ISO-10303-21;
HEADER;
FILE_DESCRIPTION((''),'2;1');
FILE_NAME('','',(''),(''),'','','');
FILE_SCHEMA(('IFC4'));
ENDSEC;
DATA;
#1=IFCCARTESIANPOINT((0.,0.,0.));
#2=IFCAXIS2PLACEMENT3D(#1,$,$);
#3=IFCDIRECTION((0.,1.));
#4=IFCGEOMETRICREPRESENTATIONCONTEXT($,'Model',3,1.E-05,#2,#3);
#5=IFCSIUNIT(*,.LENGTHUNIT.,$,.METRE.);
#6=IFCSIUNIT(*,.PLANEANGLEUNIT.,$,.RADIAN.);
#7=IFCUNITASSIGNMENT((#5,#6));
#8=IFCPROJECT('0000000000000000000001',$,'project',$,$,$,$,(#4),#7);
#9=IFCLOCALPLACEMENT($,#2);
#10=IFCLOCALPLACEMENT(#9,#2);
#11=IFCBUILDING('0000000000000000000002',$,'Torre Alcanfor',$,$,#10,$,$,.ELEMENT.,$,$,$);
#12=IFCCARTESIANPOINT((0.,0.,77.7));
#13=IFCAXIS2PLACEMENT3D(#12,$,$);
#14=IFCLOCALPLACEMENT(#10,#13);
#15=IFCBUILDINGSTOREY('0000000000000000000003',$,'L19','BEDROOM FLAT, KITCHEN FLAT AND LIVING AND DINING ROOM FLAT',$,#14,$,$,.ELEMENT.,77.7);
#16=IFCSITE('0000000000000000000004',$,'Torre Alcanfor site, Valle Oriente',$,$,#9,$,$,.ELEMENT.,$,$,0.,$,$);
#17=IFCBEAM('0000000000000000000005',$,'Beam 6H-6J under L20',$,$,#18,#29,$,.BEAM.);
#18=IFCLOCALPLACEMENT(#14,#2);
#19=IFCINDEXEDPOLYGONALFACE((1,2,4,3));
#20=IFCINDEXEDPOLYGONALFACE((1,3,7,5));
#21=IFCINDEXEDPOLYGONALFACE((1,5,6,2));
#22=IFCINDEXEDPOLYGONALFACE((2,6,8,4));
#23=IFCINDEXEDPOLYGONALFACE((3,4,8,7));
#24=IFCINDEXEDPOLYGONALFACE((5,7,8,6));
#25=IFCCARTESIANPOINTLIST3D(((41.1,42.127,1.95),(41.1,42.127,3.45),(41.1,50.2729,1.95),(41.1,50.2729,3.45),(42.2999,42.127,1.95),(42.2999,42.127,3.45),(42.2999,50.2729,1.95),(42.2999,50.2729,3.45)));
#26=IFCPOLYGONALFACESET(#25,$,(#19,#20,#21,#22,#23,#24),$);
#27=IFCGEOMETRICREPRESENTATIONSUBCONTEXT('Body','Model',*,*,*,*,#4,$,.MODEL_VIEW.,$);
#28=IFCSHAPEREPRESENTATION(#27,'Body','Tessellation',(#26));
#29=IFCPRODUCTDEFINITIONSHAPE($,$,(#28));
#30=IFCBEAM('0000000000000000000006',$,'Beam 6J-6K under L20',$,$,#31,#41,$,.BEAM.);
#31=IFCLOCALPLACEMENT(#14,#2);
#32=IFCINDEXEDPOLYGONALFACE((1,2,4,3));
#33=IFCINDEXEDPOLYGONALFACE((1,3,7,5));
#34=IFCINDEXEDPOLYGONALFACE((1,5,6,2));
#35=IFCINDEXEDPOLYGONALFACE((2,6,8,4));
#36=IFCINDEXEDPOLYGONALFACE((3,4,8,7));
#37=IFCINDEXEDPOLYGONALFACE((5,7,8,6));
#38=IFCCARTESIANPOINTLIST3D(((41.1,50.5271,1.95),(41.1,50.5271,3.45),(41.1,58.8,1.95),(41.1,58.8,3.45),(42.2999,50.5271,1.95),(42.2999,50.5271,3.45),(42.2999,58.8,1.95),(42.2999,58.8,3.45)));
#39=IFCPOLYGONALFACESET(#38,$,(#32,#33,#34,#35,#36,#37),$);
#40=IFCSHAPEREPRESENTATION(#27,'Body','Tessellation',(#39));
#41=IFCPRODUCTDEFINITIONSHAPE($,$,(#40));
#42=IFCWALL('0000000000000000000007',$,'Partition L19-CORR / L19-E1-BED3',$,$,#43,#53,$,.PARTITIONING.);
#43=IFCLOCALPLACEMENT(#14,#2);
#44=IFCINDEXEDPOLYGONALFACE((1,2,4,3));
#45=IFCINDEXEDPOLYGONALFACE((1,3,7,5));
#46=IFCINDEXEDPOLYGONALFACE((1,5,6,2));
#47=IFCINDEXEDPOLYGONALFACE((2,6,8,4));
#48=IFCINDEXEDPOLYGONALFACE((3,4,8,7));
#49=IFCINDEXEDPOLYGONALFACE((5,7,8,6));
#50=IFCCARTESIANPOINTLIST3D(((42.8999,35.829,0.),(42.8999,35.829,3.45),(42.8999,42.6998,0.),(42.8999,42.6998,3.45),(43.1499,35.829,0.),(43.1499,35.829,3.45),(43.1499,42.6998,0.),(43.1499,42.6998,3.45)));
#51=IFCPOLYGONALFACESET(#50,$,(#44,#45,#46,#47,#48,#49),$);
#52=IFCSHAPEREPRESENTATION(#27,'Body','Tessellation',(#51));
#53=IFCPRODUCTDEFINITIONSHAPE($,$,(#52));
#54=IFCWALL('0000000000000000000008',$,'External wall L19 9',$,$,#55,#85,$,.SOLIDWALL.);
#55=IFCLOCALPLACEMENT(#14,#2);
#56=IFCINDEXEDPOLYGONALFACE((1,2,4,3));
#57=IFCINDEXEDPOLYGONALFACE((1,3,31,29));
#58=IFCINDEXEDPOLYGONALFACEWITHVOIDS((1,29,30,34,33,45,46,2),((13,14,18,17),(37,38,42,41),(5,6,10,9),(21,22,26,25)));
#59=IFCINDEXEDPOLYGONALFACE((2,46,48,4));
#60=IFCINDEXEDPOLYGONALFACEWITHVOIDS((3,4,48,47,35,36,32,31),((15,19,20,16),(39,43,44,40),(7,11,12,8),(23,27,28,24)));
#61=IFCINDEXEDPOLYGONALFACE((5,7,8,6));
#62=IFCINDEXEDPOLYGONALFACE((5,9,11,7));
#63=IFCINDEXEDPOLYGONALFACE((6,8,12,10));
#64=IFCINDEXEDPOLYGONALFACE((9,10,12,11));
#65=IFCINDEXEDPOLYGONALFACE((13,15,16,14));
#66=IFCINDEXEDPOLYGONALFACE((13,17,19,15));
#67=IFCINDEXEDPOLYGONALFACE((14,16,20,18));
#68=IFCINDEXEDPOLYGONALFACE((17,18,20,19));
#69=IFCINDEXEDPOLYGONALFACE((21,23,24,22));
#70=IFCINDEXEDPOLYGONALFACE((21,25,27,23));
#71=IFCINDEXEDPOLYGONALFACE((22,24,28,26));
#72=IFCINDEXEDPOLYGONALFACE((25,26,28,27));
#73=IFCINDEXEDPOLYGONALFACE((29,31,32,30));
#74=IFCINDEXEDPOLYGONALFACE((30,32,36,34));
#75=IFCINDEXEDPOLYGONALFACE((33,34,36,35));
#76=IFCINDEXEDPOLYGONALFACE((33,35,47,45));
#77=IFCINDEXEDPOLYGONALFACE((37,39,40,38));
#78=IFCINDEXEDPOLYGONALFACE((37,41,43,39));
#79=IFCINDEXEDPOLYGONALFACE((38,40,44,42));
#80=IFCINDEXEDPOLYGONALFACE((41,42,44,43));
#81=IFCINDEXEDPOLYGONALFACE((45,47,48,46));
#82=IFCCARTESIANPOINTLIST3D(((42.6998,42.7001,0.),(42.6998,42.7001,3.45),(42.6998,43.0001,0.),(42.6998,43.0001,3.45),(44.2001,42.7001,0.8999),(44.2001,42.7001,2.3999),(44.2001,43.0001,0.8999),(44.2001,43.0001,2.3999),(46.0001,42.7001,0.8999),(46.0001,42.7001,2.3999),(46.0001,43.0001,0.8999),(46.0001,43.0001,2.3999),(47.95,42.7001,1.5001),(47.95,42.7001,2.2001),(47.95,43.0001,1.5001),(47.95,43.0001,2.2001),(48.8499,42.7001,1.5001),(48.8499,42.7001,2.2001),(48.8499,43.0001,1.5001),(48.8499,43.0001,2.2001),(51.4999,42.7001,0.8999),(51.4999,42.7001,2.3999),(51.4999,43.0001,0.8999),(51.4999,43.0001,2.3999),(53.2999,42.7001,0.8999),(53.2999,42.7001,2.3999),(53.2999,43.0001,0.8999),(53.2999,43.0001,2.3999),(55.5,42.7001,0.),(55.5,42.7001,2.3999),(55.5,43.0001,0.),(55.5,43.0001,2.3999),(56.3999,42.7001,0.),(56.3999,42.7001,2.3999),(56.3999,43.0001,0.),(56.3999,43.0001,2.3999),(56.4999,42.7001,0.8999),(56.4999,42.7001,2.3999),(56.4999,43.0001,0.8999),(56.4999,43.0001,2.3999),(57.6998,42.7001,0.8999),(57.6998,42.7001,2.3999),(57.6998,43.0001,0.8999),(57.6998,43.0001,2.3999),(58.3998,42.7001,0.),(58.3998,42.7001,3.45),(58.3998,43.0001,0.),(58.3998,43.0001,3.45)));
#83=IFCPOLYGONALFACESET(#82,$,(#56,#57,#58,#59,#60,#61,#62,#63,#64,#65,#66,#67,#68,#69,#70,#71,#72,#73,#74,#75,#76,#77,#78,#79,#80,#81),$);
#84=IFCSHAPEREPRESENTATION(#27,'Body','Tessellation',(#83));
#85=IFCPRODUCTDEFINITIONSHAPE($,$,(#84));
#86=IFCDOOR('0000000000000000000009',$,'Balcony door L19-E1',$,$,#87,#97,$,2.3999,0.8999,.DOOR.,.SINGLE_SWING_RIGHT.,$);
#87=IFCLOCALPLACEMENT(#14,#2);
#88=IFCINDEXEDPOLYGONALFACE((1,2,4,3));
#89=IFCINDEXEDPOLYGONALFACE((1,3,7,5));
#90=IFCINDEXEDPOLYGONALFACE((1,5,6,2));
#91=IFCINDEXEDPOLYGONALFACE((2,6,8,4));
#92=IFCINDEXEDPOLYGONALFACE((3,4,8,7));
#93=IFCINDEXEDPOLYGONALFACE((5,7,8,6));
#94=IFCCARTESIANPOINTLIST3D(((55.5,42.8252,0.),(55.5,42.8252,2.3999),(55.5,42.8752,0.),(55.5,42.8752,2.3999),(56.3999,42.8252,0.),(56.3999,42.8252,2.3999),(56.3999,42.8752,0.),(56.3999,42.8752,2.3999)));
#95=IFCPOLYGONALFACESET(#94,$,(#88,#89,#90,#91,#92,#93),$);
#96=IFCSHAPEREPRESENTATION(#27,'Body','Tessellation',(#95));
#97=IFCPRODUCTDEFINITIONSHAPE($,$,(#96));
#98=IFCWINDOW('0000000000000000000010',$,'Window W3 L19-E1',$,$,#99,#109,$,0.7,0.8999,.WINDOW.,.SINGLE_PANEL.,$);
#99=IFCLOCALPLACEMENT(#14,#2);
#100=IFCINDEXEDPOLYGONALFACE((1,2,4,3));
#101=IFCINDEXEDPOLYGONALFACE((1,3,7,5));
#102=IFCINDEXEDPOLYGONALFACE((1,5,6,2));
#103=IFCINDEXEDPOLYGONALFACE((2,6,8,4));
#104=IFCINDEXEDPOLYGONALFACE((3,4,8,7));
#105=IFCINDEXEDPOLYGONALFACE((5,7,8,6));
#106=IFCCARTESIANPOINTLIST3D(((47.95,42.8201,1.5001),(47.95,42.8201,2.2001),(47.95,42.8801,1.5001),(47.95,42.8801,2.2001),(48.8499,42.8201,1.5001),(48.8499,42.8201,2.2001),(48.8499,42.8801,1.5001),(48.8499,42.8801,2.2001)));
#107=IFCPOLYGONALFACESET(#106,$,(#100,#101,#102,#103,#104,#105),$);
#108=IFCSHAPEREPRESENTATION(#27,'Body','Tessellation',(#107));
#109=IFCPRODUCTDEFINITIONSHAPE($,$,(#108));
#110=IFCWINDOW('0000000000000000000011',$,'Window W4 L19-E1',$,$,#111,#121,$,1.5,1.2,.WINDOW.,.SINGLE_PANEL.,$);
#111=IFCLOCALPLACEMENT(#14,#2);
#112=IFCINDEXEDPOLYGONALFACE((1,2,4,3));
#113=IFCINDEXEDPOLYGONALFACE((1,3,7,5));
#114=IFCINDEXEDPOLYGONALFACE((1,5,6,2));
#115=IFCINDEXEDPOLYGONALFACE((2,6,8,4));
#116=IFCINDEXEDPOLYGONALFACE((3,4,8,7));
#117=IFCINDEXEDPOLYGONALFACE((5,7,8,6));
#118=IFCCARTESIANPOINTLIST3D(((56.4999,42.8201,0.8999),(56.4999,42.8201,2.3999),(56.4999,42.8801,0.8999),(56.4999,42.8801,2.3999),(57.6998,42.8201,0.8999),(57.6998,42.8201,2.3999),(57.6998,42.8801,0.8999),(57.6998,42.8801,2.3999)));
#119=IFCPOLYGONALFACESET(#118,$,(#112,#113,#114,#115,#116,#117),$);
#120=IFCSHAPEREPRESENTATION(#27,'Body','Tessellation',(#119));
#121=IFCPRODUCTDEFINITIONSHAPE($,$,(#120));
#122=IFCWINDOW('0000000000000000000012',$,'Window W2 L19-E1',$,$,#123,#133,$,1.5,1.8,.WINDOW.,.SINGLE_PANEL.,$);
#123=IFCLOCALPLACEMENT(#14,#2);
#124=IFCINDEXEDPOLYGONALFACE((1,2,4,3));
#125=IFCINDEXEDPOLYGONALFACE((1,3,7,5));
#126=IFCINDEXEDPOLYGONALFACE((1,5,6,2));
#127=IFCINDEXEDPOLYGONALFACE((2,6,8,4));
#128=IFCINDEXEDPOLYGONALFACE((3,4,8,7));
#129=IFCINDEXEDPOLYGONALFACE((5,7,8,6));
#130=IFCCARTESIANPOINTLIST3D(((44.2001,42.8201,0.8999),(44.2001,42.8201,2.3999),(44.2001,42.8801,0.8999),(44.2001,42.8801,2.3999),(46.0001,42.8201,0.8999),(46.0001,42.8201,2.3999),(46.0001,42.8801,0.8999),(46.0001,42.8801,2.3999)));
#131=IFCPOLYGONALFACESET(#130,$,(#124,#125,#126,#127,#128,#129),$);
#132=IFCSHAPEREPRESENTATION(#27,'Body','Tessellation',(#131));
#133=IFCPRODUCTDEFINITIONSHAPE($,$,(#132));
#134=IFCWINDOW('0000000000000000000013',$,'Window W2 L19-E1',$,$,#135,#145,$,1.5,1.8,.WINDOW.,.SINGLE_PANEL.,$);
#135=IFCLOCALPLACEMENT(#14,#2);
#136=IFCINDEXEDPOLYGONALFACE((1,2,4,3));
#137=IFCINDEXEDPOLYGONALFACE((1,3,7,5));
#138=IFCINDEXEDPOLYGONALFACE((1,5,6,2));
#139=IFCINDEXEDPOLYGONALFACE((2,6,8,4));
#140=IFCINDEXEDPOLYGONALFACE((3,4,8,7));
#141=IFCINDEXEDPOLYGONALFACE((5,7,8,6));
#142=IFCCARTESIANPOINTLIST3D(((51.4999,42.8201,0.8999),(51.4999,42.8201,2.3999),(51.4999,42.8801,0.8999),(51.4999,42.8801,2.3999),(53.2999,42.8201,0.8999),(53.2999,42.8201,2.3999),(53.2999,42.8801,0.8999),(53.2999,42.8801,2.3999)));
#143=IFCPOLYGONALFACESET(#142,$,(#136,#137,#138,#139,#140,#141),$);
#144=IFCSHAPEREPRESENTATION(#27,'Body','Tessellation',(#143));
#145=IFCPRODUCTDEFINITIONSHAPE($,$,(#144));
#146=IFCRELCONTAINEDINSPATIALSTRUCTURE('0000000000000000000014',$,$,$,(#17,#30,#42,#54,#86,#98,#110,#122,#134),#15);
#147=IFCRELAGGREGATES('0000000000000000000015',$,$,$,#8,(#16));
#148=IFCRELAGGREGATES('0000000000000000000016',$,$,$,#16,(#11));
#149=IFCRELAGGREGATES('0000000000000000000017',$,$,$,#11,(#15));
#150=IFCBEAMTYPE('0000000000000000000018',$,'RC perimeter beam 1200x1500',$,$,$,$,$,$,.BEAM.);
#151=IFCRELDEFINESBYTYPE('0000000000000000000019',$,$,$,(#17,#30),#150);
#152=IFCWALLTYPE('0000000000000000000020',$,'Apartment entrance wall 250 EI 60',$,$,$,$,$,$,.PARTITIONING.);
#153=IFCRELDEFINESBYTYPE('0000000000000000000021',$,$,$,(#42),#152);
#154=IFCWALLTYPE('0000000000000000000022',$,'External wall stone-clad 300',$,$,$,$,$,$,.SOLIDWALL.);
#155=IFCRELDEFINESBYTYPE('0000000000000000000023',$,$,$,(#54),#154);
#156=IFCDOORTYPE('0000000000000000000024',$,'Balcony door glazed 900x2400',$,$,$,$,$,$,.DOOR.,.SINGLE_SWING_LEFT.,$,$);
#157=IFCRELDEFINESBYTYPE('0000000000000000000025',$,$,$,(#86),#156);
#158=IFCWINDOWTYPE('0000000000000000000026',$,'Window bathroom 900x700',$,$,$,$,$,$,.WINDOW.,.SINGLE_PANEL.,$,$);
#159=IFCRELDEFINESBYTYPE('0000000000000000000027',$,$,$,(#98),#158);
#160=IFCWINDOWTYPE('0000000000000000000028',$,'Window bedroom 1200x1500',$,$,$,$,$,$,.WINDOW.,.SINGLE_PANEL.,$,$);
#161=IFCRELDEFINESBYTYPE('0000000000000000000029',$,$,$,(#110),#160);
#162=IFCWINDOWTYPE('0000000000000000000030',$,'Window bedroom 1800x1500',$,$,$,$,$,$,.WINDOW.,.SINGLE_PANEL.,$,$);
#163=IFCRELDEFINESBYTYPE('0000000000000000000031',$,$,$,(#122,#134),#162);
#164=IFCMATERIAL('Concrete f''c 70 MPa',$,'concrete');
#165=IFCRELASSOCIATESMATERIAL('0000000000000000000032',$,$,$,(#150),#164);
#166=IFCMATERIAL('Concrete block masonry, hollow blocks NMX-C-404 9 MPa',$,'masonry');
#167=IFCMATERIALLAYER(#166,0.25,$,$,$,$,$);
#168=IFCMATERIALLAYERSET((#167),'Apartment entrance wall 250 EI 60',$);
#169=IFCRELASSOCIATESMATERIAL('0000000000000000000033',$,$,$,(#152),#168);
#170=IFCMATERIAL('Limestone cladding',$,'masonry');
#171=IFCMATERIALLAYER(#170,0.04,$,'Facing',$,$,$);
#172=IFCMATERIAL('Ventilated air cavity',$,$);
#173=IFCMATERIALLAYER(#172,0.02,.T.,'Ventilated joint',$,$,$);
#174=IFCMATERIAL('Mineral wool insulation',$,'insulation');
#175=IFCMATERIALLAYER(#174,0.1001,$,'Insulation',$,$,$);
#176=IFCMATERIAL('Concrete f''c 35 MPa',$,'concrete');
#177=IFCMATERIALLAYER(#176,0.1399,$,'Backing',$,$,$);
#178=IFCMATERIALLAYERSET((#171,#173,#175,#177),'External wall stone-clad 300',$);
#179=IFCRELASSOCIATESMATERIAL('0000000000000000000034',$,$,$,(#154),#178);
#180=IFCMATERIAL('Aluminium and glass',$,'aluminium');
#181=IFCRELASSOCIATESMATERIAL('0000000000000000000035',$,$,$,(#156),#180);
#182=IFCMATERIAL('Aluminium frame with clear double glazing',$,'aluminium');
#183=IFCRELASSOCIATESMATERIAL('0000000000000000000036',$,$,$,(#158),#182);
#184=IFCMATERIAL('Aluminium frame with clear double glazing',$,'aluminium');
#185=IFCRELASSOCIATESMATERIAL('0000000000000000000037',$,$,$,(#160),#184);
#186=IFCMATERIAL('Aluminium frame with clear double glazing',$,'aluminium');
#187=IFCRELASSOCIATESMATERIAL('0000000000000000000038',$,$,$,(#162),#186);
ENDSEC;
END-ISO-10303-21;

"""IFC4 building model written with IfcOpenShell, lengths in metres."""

from ifc_helpers import new_model, si_unit, direction, frame, frame_2d, origin, origin_2d, place, context, subcontext, project, spatial, rectangle, extrude, material, layer, layer_set, material_profile, profile_set, type_object, element, fill, save


model = new_model("IFC4")

# Units and contexts
model_context = context("Model", 3, precision=1e-05, world=origin(), true_north=direction((0.0, 1.0)))
body_context = subcontext(model_context, "Body", "Model", "MODEL_VIEW")
ifc_project = project(units=[si_unit("LENGTHUNIT", "METRE"), si_unit("PLANEANGLEUNIT", "RADIAN")], contexts=[model_context])

# Site, building, storey
site_placement = place(None, origin())
site = spatial("IfcSite", under=ifc_project, at=site_placement, Name="Torre Alcanfor site, Valle Oriente", CompositionType="ELEMENT", RefElevation=0.0)
building_placement = place(site_placement, origin())
building = spatial("IfcBuilding", under=site, at=building_placement, Name="Torre Alcanfor", CompositionType="ELEMENT")
storey_placement = place(building_placement, frame((0.0, 0.0, 77.7)))
storey = spatial("IfcBuildingStorey", under=building, at=storey_placement, Name="L19", Description="BEDROOM FLAT, KITCHEN FLAT AND LIVING AND DINING ROOM FLAT", CompositionType="ELEMENT", Elevation=77.7)

# Beams
ifc_material_1 = material(Name="Concrete f'c 70 MPa", Category="concrete")
ifc_material_profile_1 = material_profile(ifc_material_1, rectangle(XDim=1.2, YDim=1.5, at=origin_2d()), Name="1200x1500")
ifc_profile_set_1 = profile_set([ifc_material_profile_1], Name="Concrete f'c 70 MPa")
beam_type_1 = type_object("IfcBeamType", Name="RC perimeter beam 1200x1500", PredefinedType="BEAM", material=ifc_profile_set_1)
beam_1_placement = place(storey_placement, frame((41.7, 42.127, 2.7), z_axis=(0.0, 1.0, 0.0), x_axis=(-1.0, 0.0, 0.0)))
element("IfcBeam", 1, at=beam_1_placement, inside=storey, type_object=beam_type_1, Name="Beam 6H-6J under L20", PredefinedType="BEAM", context=body_context, shape_type="SweptSolid", body=[
    extrude(rectangle(XDim=1.2, YDim=1.5, at=origin_2d()), origin(), (0.0, 0.0, 1.0), 8.146),
])
beam_2_placement = place(storey_placement, frame((41.7, 50.5271, 2.7), z_axis=(0.0, 1.0, 0.0), x_axis=(-1.0, 0.0, 0.0)))
element("IfcBeam", 2, at=beam_2_placement, inside=storey, type_object=beam_type_1, Name="Beam 6J-6K under L20", PredefinedType="BEAM", context=body_context, shape_type="SweptSolid", body=[
    extrude(rectangle(XDim=1.2, YDim=1.5, at=origin_2d()), origin(), (0.0, 0.0, 1.0), 8.2729),
])

# Wall
ifc_material_2 = material(Name="Concrete block masonry, hollow blocks NMX-C-404 9 MPa", Category="masonry")
ifc_layer_1 = layer(ifc_material_2, 0.25)
ifc_layer_set_1 = layer_set([ifc_layer_1], Name="Apartment entrance wall 250 EI 60")
wall_type_1 = type_object("IfcWallType", Name="Apartment entrance wall 250 EI 60", PredefinedType="PARTITIONING", material=ifc_layer_set_1)
wall_1_placement = place(storey_placement, frame((43.0249, 42.7, 0.0), z_axis=(0.0, 0.0, 1.0), x_axis=(0.0, -1.0, 0.0)))
element("IfcWall", 3, at=wall_1_placement, inside=storey, type_object=wall_type_1, Name="Partition L19-CORR / L19-E1-BED3", PredefinedType="PARTITIONING", context=body_context, shape_type="SweptSolid", body=[
    extrude(rectangle(XDim=6.8708, YDim=0.25, at=frame_2d((3.4355, 0.0))), origin(), (0.0, 0.0, 1.0), 3.45),
])

# Wall, openings, door, windows
ifc_material_3 = material(Name="Limestone cladding", Category="masonry")
ifc_layer_2 = layer(ifc_material_3, 0.04, Name="Facing")
ifc_material_4 = material(Name="Ventilated air cavity")
ifc_layer_3 = layer(ifc_material_4, 0.02, ventilated=True, Name="Ventilated joint")
ifc_material_5 = material(Name="Mineral wool insulation", Category="insulation")
ifc_layer_4 = layer(ifc_material_5, 0.1001, Name="Insulation")
ifc_material_6 = material(Name="Concrete f'c 35 MPa", Category="concrete")
ifc_layer_5 = layer(ifc_material_6, 0.1399, Name="Backing")
ifc_layer_set_2 = layer_set([ifc_layer_2, ifc_layer_3, ifc_layer_4, ifc_layer_5], Name="External wall stone-clad 300")
wall_type_2 = type_object("IfcWallType", Name="External wall stone-clad 300", PredefinedType="SOLIDWALL", material=ifc_layer_set_2)
wall_2_placement = place(storey_placement, frame((58.3999, 42.8501, 0.0), z_axis=(0.0, 0.0, 1.0), x_axis=(-1.0, 0.0, 0.0)))
wall_2 = element("IfcWall", 4, at=wall_2_placement, inside=storey, type_object=wall_type_2, Name="External wall L19 9", PredefinedType="SOLIDWALL", context=body_context, shape_type="SweptSolid", body=[
    extrude(rectangle(XDim=15.7, YDim=0.3, at=frame_2d((7.8501, 0.0))), origin(), (0.0, 0.0, 1.0), 3.45),
])
opening_1_placement = place(wall_2_placement, frame((12.3999, 0.0, 0.8999)))
opening_1 = element("IfcOpeningElement", 5, at=opening_1_placement, cuts=wall_2, PredefinedType="OPENING", context=body_context, shape_type="SweptSolid", body=[
    extrude(rectangle(XDim=1.8, YDim=1.5, at=frame_2d((0.8999, 0.75))), frame((0.0, 0.1599, 0.0), z_axis=(0.0, -1.0, 0.0), x_axis=(1.0, 0.0, 0.0)), (0.0, 0.0, 1.0), 0.3201),
])
opening_2_placement = place(wall_2_placement, frame((9.55, 0.0, 1.5)))
opening_2 = element("IfcOpeningElement", 6, at=opening_2_placement, cuts=wall_2, PredefinedType="OPENING", context=body_context, shape_type="SweptSolid", body=[
    extrude(rectangle(XDim=0.8999, YDim=0.7, at=frame_2d((0.45, 0.3501))), frame((0.0, 0.1599, 0.0), z_axis=(0.0, -1.0, 0.0), x_axis=(1.0, 0.0, 0.0)), (0.0, 0.0, 1.0), 0.3201),
])
opening_3_placement = place(wall_2_placement, frame((5.1001, 0.0, 0.8999)))
opening_3 = element("IfcOpeningElement", 7, at=opening_3_placement, cuts=wall_2, PredefinedType="OPENING", context=body_context, shape_type="SweptSolid", body=[
    extrude(rectangle(XDim=1.8, YDim=1.5, at=frame_2d((0.8999, 0.75))), frame((0.0, 0.1599, 0.0), z_axis=(0.0, -1.0, 0.0), x_axis=(1.0, 0.0, 0.0)), (0.0, 0.0, 1.0), 0.3201),
])
opening_4_placement = place(wall_2_placement, frame((2.0, 0.0, 0.0)))
opening_4 = element("IfcOpeningElement", 8, at=opening_4_placement, cuts=wall_2, PredefinedType="OPENING", context=body_context, shape_type="SweptSolid", body=[
    extrude(rectangle(XDim=0.8999, YDim=2.3999, at=frame_2d((0.45, 1.2))), frame((0.0, 0.1599, 0.0), z_axis=(0.0, -1.0, 0.0), x_axis=(1.0, 0.0, 0.0)), (0.0, 0.0, 1.0), 0.3201),
])
opening_5_placement = place(wall_2_placement, frame((0.7, 0.0, 0.8999)))
opening_5 = element("IfcOpeningElement", 9, at=opening_5_placement, cuts=wall_2, PredefinedType="OPENING", context=body_context, shape_type="SweptSolid", body=[
    extrude(rectangle(XDim=1.2, YDim=1.5, at=frame_2d((0.6001, 0.75))), frame((0.0, 0.1599, 0.0), z_axis=(0.0, -1.0, 0.0), x_axis=(1.0, 0.0, 0.0)), (0.0, 0.0, 1.0), 0.3201),
])
ifc_material_7 = material(Name="Aluminium and glass", Category="aluminium")
door_type = type_object("IfcDoorType", Name="Balcony door glazed 900x2400", OperationType="SINGLE_SWING_LEFT", PredefinedType="DOOR", material=ifc_material_7)
door_1_placement = place(opening_4_placement, origin())
door_1 = element("IfcDoor", 10, at=door_1_placement, inside=storey, type_object=door_type, Name="Balcony door L19-E1", OperationType="SINGLE_SWING_RIGHT", OverallHeight=2.3999, OverallWidth=0.8999, PredefinedType="DOOR", context=body_context, shape_type="SweptSolid", body=[
    extrude(rectangle(XDim=0.8999, YDim=2.3999, at=frame_2d((0.45, 1.2))), frame((0.0, 0.0249, 0.0), z_axis=(0.0, -1.0, 0.0), x_axis=(1.0, 0.0, 0.0)), (0.0, 0.0, 1.0), 0.05),
])
fill(opening_4, door_1)
ifc_material_8 = material(Name="Aluminium frame with clear double glazing", Category="aluminium")
window_type_1 = type_object("IfcWindowType", Name="Window bathroom 900x700", PartitioningType="SINGLE_PANEL", PredefinedType="WINDOW", material=ifc_material_8)
window_1_placement = place(opening_2_placement, origin())
window_1 = element("IfcWindow", 11, at=window_1_placement, inside=storey, type_object=window_type_1, Name="Window W3 L19-E1", OverallHeight=0.7, OverallWidth=0.8999, PartitioningType="SINGLE_PANEL", PredefinedType="WINDOW", context=body_context, shape_type="SweptSolid", body=[
    extrude(rectangle(XDim=0.8999, YDim=0.7, at=frame_2d((0.45, 0.3501))), frame((0.0, 0.03, 0.0), z_axis=(0.0, -1.0, 0.0), x_axis=(1.0, 0.0, 0.0)), (0.0, 0.0, 1.0), 0.0601),
])
fill(opening_2, window_1)
ifc_material_9 = material(Name="Aluminium frame with clear double glazing", Category="aluminium")
window_type_2 = type_object("IfcWindowType", Name="Window bedroom 1200x1500", PartitioningType="SINGLE_PANEL", PredefinedType="WINDOW", material=ifc_material_9)
window_2_placement = place(opening_5_placement, origin())
window_2 = element("IfcWindow", 12, at=window_2_placement, inside=storey, type_object=window_type_2, Name="Window W4 L19-E1", OverallHeight=1.5, OverallWidth=1.2, PartitioningType="SINGLE_PANEL", PredefinedType="WINDOW", context=body_context, shape_type="SweptSolid", body=[
    extrude(rectangle(XDim=1.2, YDim=1.5, at=frame_2d((0.6001, 0.75))), frame((0.0, 0.03, 0.0), z_axis=(0.0, -1.0, 0.0), x_axis=(1.0, 0.0, 0.0)), (0.0, 0.0, 1.0), 0.0601),
])
fill(opening_5, window_2)
ifc_material_10 = material(Name="Aluminium frame with clear double glazing", Category="aluminium")
window_type_3 = type_object("IfcWindowType", Name="Window bedroom 1800x1500", PartitioningType="SINGLE_PANEL", PredefinedType="WINDOW", material=ifc_material_10)
window_3_placement = place(opening_1_placement, origin())
window_3 = element("IfcWindow", 13, at=window_3_placement, inside=storey, type_object=window_type_3, Name="Window W2 L19-E1", OverallHeight=1.5, OverallWidth=1.8, PartitioningType="SINGLE_PANEL", PredefinedType="WINDOW", context=body_context, shape_type="SweptSolid", body=[
    extrude(rectangle(XDim=1.8, YDim=1.5, at=frame_2d((0.8999, 0.75))), frame((0.0, 0.03, 0.0), z_axis=(0.0, -1.0, 0.0), x_axis=(1.0, 0.0, 0.0)), (0.0, 0.0, 1.0), 0.0601),
])
fill(opening_1, window_3)
window_4_placement = place(opening_3_placement, origin())
window_4 = element("IfcWindow", 14, at=window_4_placement, inside=storey, type_object=window_type_3, Name="Window W2 L19-E1", OverallHeight=1.5, OverallWidth=1.8, PartitioningType="SINGLE_PANEL", PredefinedType="WINDOW", context=body_context, shape_type="SweptSolid", body=[
    extrude(rectangle(XDim=1.8, YDim=1.5, at=frame_2d((0.8999, 0.75))), frame((0.0, 0.03, 0.0), z_axis=(0.0, -1.0, 0.0), x_axis=(1.0, 0.0, 0.0)), (0.0, 0.0, 1.0), 0.0601),
])
fill(opening_3, window_4)

save(model, "model.ifc")
